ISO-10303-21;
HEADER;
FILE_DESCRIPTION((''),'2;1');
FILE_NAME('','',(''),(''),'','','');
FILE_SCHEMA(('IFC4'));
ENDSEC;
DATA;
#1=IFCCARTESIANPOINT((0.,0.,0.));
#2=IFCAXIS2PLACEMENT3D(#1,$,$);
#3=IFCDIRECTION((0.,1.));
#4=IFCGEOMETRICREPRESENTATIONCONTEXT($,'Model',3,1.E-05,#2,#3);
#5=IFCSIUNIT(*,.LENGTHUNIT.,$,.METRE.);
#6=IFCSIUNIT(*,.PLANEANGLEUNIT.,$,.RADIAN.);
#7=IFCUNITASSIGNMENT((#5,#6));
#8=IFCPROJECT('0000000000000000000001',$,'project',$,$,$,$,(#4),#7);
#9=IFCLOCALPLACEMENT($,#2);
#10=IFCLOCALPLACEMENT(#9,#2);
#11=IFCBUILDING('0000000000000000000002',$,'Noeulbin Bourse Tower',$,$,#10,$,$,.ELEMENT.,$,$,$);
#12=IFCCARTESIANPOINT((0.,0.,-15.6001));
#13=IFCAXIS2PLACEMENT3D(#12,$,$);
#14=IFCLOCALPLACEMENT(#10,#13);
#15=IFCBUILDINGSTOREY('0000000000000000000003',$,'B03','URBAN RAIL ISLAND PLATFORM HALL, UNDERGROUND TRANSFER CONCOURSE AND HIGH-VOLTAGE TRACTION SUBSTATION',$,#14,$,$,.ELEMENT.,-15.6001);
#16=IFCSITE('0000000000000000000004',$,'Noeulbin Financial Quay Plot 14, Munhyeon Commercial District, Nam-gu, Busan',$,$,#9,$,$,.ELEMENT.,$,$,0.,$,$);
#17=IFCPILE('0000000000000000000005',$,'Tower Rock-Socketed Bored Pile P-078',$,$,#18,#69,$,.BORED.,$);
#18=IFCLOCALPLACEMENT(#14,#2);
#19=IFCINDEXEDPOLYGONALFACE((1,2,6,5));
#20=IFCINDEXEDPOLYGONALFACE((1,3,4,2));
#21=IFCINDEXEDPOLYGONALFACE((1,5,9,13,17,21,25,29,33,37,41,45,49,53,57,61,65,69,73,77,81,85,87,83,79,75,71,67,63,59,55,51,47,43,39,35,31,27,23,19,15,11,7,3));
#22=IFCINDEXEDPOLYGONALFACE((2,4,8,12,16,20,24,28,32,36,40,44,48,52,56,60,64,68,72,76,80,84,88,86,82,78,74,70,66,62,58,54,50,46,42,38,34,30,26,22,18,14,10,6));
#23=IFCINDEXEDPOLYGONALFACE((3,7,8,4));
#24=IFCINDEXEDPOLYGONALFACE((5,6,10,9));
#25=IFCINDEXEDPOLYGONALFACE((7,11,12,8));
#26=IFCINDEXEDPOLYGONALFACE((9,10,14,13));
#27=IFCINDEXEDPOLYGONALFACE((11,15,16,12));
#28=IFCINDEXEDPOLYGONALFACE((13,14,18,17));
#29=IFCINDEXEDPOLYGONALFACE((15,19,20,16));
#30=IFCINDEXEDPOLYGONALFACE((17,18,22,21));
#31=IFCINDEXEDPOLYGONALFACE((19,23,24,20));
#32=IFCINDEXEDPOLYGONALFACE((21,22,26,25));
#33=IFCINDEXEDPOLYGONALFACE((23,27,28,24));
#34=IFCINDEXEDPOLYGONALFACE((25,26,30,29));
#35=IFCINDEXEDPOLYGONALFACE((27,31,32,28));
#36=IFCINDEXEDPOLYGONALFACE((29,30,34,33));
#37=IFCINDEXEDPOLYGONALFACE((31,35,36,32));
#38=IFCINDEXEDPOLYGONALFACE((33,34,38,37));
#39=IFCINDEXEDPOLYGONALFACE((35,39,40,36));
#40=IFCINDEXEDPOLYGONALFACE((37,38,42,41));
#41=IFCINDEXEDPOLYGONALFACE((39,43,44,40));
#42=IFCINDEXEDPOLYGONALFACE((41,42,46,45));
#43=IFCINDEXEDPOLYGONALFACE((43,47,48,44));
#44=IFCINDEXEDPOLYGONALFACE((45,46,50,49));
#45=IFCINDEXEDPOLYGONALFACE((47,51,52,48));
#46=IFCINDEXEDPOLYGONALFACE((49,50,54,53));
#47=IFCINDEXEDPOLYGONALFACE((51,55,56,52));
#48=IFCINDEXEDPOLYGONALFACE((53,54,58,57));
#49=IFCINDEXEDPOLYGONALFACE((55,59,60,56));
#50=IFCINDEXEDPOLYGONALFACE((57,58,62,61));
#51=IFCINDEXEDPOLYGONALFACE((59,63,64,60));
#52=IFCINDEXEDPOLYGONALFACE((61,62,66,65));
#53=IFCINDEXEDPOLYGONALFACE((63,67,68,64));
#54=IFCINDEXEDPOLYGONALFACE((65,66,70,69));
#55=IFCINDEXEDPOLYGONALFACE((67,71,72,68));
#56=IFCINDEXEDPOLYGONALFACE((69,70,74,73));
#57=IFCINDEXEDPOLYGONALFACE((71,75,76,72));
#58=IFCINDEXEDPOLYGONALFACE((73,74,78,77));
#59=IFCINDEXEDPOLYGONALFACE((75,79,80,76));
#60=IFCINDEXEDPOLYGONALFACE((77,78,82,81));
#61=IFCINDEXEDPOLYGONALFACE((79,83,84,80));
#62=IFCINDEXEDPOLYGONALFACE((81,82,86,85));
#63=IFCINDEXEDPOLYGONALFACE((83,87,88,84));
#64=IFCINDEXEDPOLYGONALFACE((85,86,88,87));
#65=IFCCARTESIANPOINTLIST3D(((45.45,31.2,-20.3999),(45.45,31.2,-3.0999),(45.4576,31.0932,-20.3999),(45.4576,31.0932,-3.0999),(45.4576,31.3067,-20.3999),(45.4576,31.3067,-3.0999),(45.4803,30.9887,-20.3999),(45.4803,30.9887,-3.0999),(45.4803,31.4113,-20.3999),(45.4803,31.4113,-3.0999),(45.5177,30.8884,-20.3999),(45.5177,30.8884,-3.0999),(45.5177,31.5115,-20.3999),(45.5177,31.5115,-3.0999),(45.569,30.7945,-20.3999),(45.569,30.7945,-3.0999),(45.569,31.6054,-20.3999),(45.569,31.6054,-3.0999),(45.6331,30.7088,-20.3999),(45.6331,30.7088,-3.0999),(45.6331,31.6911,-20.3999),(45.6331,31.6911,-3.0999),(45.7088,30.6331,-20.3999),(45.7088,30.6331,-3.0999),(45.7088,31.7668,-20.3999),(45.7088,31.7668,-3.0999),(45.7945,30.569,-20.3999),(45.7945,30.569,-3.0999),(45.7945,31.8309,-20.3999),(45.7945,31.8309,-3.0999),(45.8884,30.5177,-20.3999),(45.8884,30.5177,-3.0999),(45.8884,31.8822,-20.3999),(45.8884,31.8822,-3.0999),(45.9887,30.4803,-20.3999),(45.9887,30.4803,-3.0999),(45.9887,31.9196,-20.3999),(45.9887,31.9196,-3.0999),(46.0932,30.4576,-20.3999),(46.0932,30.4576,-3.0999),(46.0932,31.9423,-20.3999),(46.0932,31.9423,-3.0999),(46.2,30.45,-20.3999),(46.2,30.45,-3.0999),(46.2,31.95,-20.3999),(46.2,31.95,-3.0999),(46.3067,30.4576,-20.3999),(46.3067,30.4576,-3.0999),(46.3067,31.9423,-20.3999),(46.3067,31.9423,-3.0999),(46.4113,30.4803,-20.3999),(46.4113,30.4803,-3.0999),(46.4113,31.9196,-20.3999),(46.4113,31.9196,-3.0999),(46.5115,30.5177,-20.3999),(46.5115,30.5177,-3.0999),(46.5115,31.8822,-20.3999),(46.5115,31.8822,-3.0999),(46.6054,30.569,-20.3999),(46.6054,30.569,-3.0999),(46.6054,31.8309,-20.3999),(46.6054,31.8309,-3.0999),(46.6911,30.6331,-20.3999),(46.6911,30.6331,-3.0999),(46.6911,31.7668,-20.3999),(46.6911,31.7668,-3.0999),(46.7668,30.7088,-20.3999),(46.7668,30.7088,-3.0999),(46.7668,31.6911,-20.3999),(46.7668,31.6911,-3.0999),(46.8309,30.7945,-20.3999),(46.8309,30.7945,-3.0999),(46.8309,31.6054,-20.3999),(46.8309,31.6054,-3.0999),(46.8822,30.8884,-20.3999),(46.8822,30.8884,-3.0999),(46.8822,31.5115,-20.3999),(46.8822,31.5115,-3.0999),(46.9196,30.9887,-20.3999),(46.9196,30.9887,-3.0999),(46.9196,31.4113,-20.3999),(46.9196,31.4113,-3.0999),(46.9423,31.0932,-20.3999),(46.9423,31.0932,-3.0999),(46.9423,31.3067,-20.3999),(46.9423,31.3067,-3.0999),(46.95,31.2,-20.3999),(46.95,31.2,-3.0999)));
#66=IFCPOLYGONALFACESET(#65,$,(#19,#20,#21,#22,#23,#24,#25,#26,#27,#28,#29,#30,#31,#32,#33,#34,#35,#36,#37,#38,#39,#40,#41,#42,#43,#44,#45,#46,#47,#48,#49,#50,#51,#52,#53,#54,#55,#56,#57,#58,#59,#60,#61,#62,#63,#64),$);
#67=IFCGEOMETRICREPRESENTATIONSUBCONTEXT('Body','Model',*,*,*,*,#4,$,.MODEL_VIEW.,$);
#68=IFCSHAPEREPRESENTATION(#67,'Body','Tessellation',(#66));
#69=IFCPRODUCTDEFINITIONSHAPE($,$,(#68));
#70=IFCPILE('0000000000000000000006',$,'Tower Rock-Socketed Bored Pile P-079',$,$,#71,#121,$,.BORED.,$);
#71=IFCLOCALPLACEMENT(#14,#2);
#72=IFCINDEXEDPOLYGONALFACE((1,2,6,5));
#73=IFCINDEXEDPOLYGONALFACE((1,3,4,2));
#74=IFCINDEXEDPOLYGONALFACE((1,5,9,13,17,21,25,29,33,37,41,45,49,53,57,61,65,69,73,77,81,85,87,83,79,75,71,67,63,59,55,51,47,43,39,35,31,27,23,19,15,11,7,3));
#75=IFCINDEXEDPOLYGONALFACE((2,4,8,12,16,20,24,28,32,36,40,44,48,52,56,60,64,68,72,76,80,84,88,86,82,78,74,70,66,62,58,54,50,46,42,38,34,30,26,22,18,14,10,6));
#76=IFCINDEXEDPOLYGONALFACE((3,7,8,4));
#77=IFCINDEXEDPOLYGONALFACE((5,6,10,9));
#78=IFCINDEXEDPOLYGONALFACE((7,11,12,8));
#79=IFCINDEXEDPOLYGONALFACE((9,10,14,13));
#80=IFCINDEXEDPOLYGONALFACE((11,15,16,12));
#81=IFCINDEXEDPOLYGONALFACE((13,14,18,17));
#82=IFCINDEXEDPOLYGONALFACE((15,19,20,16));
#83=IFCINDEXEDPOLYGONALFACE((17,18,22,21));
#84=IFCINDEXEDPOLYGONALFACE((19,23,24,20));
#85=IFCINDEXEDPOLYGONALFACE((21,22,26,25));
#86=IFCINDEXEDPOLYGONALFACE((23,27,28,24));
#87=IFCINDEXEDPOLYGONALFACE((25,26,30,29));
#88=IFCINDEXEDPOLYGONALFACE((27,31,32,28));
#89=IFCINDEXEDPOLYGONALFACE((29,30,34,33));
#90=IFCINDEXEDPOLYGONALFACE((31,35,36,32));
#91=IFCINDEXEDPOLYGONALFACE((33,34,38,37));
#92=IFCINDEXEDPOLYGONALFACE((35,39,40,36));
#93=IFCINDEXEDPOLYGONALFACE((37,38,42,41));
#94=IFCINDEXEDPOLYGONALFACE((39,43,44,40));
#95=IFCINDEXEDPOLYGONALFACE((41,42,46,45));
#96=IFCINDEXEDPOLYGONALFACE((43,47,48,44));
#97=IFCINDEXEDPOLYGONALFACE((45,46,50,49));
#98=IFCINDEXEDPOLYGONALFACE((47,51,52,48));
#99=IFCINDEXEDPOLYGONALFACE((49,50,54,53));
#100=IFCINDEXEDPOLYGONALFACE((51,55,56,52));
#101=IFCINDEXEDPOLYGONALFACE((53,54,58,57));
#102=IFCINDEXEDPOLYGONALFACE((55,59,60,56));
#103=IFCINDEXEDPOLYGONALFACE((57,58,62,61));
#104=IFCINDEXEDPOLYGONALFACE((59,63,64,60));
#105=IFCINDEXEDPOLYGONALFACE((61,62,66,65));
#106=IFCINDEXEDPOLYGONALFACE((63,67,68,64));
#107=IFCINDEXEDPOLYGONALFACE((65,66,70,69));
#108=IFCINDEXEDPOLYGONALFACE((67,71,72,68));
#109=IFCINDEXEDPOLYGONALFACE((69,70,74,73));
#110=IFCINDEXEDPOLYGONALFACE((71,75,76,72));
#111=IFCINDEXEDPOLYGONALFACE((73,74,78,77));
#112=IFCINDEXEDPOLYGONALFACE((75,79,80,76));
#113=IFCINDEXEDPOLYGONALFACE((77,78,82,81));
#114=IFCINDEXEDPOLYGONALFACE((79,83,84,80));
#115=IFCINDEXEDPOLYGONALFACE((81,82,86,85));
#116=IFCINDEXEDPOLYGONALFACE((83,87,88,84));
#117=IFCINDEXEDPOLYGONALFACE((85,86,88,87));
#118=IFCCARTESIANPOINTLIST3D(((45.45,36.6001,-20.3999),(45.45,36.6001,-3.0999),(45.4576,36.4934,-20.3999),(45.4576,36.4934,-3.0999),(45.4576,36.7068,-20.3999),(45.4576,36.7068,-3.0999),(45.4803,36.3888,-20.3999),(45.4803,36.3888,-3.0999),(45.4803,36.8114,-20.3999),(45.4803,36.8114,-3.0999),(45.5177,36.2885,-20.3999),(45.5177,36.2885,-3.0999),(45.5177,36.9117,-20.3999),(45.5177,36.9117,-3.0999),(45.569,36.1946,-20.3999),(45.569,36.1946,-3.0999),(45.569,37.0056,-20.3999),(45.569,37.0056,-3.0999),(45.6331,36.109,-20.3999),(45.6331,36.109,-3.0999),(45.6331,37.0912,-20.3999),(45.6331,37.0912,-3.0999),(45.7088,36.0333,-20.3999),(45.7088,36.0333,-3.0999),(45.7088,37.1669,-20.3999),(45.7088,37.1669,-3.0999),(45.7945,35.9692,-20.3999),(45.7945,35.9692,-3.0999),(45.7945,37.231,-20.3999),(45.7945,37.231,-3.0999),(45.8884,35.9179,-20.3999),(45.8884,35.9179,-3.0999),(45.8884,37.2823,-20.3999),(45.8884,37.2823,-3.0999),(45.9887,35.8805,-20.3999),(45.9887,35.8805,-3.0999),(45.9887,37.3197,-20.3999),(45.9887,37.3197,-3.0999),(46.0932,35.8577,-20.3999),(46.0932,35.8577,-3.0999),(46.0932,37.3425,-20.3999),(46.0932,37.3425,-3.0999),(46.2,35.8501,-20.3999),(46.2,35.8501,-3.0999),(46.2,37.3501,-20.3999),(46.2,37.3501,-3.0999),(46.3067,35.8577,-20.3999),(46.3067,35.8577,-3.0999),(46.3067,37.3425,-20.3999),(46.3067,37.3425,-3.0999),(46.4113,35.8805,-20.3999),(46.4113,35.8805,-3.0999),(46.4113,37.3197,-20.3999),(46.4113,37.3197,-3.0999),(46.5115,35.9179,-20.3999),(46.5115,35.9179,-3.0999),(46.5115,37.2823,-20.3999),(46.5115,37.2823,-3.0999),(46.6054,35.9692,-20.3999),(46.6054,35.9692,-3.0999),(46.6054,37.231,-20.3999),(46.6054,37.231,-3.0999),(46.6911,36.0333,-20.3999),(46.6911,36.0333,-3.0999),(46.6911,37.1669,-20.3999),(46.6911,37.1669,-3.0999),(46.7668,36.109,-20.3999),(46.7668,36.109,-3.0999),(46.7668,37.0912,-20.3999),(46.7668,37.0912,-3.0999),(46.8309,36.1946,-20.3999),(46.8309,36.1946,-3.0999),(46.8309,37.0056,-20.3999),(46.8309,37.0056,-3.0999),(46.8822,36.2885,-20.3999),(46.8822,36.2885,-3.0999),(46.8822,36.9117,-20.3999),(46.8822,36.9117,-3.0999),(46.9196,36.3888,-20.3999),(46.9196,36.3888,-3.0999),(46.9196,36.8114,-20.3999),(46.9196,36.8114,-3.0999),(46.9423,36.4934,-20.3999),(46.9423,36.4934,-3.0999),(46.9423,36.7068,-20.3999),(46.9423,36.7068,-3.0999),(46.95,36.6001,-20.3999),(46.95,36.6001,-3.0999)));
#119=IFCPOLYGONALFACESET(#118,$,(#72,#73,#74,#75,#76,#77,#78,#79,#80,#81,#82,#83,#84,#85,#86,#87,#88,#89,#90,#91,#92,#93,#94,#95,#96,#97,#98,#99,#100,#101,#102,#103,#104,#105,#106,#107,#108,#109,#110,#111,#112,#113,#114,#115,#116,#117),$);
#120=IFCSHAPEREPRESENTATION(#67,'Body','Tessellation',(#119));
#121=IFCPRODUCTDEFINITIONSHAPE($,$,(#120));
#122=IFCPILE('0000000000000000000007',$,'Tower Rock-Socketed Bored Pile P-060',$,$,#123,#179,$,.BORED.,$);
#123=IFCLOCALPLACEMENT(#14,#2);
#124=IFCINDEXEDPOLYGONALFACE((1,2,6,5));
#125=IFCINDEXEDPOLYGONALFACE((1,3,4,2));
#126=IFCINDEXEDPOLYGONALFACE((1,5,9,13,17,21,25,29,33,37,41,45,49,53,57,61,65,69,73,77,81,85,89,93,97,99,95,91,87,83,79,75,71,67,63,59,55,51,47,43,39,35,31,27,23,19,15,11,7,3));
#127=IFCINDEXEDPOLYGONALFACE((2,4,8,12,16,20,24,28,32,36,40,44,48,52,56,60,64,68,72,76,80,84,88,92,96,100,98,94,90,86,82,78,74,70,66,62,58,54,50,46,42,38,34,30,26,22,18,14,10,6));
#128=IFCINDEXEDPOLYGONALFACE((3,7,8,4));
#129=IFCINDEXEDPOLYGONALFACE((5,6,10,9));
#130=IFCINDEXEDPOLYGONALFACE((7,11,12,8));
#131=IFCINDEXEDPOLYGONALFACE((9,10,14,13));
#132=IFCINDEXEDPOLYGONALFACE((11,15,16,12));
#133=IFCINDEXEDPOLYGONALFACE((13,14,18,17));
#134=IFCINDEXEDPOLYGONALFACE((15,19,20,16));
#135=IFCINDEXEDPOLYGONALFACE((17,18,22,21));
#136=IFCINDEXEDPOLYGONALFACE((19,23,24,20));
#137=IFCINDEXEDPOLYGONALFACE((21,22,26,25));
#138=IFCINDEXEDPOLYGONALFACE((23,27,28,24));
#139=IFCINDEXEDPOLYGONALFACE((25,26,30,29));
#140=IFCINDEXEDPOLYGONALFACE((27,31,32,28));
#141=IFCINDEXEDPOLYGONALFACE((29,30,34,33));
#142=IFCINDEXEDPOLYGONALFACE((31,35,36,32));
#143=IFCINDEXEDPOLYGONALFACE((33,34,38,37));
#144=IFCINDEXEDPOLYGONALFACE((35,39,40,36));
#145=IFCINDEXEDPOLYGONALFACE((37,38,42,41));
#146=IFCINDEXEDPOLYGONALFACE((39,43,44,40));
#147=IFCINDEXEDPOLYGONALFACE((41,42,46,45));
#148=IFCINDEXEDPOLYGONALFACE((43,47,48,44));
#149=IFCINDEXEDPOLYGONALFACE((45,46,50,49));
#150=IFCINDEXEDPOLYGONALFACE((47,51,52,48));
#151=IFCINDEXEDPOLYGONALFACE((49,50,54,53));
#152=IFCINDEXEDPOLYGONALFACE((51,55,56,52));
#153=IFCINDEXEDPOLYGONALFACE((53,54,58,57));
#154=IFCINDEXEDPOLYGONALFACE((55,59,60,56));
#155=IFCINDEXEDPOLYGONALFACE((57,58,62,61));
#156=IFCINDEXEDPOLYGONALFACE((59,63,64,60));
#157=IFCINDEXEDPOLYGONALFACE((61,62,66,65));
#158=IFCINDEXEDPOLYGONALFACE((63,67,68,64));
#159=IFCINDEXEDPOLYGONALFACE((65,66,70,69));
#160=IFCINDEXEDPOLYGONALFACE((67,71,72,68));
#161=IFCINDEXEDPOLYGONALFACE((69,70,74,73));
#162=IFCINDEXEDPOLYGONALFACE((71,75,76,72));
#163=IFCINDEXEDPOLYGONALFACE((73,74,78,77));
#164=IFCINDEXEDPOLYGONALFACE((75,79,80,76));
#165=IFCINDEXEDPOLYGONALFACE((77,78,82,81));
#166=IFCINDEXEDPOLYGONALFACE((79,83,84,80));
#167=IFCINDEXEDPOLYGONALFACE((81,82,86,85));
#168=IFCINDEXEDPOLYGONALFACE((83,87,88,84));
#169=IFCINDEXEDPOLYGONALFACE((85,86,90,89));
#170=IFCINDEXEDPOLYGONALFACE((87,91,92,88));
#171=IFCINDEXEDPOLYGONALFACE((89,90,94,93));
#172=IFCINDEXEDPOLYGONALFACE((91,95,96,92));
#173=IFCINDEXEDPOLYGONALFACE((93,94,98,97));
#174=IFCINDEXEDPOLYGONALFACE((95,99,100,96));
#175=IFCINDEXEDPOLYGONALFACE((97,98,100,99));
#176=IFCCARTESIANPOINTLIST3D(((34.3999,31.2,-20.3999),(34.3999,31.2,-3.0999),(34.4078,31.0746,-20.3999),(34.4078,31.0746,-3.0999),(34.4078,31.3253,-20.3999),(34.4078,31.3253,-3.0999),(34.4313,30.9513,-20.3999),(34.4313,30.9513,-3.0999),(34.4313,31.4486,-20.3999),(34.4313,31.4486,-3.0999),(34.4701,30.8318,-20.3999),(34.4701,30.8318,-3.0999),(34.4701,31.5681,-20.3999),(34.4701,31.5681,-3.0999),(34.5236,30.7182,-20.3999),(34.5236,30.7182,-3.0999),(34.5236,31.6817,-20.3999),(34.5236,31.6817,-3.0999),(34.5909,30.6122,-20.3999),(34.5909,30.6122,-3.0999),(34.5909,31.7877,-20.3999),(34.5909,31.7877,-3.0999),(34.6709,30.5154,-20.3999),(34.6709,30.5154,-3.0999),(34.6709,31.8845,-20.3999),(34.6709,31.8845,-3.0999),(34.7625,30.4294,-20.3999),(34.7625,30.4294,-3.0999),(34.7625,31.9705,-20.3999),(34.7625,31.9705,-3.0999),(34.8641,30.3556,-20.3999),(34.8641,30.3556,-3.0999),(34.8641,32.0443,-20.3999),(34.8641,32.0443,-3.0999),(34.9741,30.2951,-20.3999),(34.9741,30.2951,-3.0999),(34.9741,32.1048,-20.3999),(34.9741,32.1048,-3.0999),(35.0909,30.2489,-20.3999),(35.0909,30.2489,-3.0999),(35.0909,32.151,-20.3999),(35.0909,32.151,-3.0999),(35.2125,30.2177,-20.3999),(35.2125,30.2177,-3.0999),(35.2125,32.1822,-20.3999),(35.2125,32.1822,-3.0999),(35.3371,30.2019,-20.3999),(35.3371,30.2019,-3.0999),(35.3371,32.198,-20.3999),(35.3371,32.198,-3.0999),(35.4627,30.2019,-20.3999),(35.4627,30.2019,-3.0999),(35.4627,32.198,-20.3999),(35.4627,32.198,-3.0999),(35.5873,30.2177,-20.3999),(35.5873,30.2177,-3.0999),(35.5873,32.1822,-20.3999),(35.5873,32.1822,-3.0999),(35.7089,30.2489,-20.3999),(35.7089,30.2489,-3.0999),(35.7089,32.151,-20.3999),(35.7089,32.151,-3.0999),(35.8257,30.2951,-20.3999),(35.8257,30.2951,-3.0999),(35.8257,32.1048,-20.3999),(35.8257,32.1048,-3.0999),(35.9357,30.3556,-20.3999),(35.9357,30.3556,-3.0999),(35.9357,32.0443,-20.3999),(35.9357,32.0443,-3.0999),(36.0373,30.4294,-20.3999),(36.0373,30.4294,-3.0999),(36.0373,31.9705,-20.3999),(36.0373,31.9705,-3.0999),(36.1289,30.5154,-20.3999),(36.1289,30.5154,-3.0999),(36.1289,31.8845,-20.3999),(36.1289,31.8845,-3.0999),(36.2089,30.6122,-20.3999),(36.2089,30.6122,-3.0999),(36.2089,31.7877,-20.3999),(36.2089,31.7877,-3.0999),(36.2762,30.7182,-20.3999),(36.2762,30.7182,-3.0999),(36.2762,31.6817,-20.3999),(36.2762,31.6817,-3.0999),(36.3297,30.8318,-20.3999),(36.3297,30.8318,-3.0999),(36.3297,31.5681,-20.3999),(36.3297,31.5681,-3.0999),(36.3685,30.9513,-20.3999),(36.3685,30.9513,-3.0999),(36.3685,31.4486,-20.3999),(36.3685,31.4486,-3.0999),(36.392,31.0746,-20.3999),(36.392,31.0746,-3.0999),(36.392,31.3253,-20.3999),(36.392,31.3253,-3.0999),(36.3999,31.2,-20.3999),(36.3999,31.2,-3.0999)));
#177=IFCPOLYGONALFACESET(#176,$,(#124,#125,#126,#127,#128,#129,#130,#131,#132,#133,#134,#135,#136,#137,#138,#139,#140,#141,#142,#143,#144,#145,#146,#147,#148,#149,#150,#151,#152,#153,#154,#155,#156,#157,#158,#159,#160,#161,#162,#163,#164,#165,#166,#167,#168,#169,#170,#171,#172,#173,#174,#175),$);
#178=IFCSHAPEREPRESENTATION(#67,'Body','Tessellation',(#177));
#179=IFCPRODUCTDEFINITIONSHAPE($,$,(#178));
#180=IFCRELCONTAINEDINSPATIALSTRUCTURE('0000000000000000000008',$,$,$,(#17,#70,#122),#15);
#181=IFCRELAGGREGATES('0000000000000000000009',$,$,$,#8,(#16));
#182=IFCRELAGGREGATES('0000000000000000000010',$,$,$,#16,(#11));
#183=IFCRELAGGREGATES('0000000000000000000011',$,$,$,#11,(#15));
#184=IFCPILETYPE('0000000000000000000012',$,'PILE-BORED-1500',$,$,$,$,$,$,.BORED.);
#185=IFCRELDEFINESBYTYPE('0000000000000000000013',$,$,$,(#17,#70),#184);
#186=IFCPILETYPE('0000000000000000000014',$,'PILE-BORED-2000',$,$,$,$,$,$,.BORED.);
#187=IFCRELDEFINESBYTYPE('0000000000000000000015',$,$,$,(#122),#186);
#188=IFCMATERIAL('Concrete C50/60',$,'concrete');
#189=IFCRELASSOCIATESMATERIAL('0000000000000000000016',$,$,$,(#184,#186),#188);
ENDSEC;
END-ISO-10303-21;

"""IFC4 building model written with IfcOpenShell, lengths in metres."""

from ifc_helpers import new_model, si_unit, direction, frame, origin, origin_2d, place, context, subcontext, project, spatial, circle, extrude, material, material_profile, profile_set, type_object, element, save


model = new_model("IFC4")

# Units and contexts
model_context = context("Model", 3, precision=1e-05, world=origin(), true_north=direction((0.0, 1.0)))
body_context = subcontext(model_context, "Body", "Model", "MODEL_VIEW")
ifc_project = project(units=[si_unit("LENGTHUNIT", "METRE"), si_unit("PLANEANGLEUNIT", "RADIAN")], contexts=[model_context])

# Site, building, storey
site_placement = place(None, origin())
site = spatial("IfcSite", under=ifc_project, at=site_placement, Name="Noeulbin Financial Quay Plot 14, Munhyeon Commercial District, Nam-gu, Busan", CompositionType="ELEMENT", RefElevation=0.0)
building_placement = place(site_placement, origin())
building = spatial("IfcBuilding", under=site, at=building_placement, Name="Noeulbin Bourse Tower", CompositionType="ELEMENT")
storey_placement = place(building_placement, frame((0.0, 0.0, -15.6001)))
storey = spatial("IfcBuildingStorey", under=building, at=storey_placement, Name="B03", Description="URBAN RAIL ISLAND PLATFORM HALL, UNDERGROUND TRANSFER CONCOURSE AND HIGH-VOLTAGE TRACTION SUBSTATION", CompositionType="ELEMENT", Elevation=-15.6001)

# Piles
ifc_material_1 = material(Name="Concrete C50/60", Category="concrete")
ifc_material_profile_1 = material_profile(ifc_material_1, circle(Radius=0.75, at=origin_2d()), Name="PILE-D1500", Category="LoadBearing")
ifc_profile_set_1 = profile_set([ifc_material_profile_1], Name="Concrete C50/60")
pile_type_1 = type_object("IfcPileType", Name="PILE-BORED-1500", PredefinedType="BORED", material=ifc_profile_set_1)
for number, where, z_axis, x_axis, name in (
    (1, (46.2, 31.2, -3.0999), (0.0, 0.0, -1.0), (1.0, 0.0, 0.0), "Tower Rock-Socketed Bored Pile P-078"),
    (2, (46.2, 36.6001, -3.0999), (0.0, 0.0, -1.0), (1.0, 0.0, 0.0), "Tower Rock-Socketed Bored Pile P-079"),
):
    element("IfcPile", number, at=place(storey_placement, frame(where, z_axis=z_axis, x_axis=x_axis)), inside=storey, type_object=pile_type_1, Name=name, PredefinedType="BORED", context=body_context, shape_type="SweptSolid", body=[
        extrude(circle(Radius=0.75, at=origin_2d()), origin(), (0.0, 0.0, 1.0), 17.3),
    ])
ifc_material_profile_2 = material_profile(ifc_material_1, circle(Radius=1.0, at=origin_2d()), Name="PILE-D2000", Category="LoadBearing")
ifc_profile_set_2 = profile_set([ifc_material_profile_2], Name="Concrete C50/60")
pile_type_2 = type_object("IfcPileType", Name="PILE-BORED-2000", PredefinedType="BORED", material=ifc_profile_set_2)
for number, where, z_axis, x_axis, name in (
    (3, (35.3999, 31.2, -3.0999), (0.0, 0.0, -1.0), (1.0, 0.0, 0.0), "Tower Rock-Socketed Bored Pile P-060"),
):
    element("IfcPile", number, at=place(storey_placement, frame(where, z_axis=z_axis, x_axis=x_axis)), inside=storey, type_object=pile_type_2, Name=name, PredefinedType="BORED", context=body_context, shape_type="SweptSolid", body=[
        extrude(circle(Radius=1.0, at=origin_2d()), origin(), (0.0, 0.0, 1.0), 17.3),
    ])

save(model, "model.ifc")
